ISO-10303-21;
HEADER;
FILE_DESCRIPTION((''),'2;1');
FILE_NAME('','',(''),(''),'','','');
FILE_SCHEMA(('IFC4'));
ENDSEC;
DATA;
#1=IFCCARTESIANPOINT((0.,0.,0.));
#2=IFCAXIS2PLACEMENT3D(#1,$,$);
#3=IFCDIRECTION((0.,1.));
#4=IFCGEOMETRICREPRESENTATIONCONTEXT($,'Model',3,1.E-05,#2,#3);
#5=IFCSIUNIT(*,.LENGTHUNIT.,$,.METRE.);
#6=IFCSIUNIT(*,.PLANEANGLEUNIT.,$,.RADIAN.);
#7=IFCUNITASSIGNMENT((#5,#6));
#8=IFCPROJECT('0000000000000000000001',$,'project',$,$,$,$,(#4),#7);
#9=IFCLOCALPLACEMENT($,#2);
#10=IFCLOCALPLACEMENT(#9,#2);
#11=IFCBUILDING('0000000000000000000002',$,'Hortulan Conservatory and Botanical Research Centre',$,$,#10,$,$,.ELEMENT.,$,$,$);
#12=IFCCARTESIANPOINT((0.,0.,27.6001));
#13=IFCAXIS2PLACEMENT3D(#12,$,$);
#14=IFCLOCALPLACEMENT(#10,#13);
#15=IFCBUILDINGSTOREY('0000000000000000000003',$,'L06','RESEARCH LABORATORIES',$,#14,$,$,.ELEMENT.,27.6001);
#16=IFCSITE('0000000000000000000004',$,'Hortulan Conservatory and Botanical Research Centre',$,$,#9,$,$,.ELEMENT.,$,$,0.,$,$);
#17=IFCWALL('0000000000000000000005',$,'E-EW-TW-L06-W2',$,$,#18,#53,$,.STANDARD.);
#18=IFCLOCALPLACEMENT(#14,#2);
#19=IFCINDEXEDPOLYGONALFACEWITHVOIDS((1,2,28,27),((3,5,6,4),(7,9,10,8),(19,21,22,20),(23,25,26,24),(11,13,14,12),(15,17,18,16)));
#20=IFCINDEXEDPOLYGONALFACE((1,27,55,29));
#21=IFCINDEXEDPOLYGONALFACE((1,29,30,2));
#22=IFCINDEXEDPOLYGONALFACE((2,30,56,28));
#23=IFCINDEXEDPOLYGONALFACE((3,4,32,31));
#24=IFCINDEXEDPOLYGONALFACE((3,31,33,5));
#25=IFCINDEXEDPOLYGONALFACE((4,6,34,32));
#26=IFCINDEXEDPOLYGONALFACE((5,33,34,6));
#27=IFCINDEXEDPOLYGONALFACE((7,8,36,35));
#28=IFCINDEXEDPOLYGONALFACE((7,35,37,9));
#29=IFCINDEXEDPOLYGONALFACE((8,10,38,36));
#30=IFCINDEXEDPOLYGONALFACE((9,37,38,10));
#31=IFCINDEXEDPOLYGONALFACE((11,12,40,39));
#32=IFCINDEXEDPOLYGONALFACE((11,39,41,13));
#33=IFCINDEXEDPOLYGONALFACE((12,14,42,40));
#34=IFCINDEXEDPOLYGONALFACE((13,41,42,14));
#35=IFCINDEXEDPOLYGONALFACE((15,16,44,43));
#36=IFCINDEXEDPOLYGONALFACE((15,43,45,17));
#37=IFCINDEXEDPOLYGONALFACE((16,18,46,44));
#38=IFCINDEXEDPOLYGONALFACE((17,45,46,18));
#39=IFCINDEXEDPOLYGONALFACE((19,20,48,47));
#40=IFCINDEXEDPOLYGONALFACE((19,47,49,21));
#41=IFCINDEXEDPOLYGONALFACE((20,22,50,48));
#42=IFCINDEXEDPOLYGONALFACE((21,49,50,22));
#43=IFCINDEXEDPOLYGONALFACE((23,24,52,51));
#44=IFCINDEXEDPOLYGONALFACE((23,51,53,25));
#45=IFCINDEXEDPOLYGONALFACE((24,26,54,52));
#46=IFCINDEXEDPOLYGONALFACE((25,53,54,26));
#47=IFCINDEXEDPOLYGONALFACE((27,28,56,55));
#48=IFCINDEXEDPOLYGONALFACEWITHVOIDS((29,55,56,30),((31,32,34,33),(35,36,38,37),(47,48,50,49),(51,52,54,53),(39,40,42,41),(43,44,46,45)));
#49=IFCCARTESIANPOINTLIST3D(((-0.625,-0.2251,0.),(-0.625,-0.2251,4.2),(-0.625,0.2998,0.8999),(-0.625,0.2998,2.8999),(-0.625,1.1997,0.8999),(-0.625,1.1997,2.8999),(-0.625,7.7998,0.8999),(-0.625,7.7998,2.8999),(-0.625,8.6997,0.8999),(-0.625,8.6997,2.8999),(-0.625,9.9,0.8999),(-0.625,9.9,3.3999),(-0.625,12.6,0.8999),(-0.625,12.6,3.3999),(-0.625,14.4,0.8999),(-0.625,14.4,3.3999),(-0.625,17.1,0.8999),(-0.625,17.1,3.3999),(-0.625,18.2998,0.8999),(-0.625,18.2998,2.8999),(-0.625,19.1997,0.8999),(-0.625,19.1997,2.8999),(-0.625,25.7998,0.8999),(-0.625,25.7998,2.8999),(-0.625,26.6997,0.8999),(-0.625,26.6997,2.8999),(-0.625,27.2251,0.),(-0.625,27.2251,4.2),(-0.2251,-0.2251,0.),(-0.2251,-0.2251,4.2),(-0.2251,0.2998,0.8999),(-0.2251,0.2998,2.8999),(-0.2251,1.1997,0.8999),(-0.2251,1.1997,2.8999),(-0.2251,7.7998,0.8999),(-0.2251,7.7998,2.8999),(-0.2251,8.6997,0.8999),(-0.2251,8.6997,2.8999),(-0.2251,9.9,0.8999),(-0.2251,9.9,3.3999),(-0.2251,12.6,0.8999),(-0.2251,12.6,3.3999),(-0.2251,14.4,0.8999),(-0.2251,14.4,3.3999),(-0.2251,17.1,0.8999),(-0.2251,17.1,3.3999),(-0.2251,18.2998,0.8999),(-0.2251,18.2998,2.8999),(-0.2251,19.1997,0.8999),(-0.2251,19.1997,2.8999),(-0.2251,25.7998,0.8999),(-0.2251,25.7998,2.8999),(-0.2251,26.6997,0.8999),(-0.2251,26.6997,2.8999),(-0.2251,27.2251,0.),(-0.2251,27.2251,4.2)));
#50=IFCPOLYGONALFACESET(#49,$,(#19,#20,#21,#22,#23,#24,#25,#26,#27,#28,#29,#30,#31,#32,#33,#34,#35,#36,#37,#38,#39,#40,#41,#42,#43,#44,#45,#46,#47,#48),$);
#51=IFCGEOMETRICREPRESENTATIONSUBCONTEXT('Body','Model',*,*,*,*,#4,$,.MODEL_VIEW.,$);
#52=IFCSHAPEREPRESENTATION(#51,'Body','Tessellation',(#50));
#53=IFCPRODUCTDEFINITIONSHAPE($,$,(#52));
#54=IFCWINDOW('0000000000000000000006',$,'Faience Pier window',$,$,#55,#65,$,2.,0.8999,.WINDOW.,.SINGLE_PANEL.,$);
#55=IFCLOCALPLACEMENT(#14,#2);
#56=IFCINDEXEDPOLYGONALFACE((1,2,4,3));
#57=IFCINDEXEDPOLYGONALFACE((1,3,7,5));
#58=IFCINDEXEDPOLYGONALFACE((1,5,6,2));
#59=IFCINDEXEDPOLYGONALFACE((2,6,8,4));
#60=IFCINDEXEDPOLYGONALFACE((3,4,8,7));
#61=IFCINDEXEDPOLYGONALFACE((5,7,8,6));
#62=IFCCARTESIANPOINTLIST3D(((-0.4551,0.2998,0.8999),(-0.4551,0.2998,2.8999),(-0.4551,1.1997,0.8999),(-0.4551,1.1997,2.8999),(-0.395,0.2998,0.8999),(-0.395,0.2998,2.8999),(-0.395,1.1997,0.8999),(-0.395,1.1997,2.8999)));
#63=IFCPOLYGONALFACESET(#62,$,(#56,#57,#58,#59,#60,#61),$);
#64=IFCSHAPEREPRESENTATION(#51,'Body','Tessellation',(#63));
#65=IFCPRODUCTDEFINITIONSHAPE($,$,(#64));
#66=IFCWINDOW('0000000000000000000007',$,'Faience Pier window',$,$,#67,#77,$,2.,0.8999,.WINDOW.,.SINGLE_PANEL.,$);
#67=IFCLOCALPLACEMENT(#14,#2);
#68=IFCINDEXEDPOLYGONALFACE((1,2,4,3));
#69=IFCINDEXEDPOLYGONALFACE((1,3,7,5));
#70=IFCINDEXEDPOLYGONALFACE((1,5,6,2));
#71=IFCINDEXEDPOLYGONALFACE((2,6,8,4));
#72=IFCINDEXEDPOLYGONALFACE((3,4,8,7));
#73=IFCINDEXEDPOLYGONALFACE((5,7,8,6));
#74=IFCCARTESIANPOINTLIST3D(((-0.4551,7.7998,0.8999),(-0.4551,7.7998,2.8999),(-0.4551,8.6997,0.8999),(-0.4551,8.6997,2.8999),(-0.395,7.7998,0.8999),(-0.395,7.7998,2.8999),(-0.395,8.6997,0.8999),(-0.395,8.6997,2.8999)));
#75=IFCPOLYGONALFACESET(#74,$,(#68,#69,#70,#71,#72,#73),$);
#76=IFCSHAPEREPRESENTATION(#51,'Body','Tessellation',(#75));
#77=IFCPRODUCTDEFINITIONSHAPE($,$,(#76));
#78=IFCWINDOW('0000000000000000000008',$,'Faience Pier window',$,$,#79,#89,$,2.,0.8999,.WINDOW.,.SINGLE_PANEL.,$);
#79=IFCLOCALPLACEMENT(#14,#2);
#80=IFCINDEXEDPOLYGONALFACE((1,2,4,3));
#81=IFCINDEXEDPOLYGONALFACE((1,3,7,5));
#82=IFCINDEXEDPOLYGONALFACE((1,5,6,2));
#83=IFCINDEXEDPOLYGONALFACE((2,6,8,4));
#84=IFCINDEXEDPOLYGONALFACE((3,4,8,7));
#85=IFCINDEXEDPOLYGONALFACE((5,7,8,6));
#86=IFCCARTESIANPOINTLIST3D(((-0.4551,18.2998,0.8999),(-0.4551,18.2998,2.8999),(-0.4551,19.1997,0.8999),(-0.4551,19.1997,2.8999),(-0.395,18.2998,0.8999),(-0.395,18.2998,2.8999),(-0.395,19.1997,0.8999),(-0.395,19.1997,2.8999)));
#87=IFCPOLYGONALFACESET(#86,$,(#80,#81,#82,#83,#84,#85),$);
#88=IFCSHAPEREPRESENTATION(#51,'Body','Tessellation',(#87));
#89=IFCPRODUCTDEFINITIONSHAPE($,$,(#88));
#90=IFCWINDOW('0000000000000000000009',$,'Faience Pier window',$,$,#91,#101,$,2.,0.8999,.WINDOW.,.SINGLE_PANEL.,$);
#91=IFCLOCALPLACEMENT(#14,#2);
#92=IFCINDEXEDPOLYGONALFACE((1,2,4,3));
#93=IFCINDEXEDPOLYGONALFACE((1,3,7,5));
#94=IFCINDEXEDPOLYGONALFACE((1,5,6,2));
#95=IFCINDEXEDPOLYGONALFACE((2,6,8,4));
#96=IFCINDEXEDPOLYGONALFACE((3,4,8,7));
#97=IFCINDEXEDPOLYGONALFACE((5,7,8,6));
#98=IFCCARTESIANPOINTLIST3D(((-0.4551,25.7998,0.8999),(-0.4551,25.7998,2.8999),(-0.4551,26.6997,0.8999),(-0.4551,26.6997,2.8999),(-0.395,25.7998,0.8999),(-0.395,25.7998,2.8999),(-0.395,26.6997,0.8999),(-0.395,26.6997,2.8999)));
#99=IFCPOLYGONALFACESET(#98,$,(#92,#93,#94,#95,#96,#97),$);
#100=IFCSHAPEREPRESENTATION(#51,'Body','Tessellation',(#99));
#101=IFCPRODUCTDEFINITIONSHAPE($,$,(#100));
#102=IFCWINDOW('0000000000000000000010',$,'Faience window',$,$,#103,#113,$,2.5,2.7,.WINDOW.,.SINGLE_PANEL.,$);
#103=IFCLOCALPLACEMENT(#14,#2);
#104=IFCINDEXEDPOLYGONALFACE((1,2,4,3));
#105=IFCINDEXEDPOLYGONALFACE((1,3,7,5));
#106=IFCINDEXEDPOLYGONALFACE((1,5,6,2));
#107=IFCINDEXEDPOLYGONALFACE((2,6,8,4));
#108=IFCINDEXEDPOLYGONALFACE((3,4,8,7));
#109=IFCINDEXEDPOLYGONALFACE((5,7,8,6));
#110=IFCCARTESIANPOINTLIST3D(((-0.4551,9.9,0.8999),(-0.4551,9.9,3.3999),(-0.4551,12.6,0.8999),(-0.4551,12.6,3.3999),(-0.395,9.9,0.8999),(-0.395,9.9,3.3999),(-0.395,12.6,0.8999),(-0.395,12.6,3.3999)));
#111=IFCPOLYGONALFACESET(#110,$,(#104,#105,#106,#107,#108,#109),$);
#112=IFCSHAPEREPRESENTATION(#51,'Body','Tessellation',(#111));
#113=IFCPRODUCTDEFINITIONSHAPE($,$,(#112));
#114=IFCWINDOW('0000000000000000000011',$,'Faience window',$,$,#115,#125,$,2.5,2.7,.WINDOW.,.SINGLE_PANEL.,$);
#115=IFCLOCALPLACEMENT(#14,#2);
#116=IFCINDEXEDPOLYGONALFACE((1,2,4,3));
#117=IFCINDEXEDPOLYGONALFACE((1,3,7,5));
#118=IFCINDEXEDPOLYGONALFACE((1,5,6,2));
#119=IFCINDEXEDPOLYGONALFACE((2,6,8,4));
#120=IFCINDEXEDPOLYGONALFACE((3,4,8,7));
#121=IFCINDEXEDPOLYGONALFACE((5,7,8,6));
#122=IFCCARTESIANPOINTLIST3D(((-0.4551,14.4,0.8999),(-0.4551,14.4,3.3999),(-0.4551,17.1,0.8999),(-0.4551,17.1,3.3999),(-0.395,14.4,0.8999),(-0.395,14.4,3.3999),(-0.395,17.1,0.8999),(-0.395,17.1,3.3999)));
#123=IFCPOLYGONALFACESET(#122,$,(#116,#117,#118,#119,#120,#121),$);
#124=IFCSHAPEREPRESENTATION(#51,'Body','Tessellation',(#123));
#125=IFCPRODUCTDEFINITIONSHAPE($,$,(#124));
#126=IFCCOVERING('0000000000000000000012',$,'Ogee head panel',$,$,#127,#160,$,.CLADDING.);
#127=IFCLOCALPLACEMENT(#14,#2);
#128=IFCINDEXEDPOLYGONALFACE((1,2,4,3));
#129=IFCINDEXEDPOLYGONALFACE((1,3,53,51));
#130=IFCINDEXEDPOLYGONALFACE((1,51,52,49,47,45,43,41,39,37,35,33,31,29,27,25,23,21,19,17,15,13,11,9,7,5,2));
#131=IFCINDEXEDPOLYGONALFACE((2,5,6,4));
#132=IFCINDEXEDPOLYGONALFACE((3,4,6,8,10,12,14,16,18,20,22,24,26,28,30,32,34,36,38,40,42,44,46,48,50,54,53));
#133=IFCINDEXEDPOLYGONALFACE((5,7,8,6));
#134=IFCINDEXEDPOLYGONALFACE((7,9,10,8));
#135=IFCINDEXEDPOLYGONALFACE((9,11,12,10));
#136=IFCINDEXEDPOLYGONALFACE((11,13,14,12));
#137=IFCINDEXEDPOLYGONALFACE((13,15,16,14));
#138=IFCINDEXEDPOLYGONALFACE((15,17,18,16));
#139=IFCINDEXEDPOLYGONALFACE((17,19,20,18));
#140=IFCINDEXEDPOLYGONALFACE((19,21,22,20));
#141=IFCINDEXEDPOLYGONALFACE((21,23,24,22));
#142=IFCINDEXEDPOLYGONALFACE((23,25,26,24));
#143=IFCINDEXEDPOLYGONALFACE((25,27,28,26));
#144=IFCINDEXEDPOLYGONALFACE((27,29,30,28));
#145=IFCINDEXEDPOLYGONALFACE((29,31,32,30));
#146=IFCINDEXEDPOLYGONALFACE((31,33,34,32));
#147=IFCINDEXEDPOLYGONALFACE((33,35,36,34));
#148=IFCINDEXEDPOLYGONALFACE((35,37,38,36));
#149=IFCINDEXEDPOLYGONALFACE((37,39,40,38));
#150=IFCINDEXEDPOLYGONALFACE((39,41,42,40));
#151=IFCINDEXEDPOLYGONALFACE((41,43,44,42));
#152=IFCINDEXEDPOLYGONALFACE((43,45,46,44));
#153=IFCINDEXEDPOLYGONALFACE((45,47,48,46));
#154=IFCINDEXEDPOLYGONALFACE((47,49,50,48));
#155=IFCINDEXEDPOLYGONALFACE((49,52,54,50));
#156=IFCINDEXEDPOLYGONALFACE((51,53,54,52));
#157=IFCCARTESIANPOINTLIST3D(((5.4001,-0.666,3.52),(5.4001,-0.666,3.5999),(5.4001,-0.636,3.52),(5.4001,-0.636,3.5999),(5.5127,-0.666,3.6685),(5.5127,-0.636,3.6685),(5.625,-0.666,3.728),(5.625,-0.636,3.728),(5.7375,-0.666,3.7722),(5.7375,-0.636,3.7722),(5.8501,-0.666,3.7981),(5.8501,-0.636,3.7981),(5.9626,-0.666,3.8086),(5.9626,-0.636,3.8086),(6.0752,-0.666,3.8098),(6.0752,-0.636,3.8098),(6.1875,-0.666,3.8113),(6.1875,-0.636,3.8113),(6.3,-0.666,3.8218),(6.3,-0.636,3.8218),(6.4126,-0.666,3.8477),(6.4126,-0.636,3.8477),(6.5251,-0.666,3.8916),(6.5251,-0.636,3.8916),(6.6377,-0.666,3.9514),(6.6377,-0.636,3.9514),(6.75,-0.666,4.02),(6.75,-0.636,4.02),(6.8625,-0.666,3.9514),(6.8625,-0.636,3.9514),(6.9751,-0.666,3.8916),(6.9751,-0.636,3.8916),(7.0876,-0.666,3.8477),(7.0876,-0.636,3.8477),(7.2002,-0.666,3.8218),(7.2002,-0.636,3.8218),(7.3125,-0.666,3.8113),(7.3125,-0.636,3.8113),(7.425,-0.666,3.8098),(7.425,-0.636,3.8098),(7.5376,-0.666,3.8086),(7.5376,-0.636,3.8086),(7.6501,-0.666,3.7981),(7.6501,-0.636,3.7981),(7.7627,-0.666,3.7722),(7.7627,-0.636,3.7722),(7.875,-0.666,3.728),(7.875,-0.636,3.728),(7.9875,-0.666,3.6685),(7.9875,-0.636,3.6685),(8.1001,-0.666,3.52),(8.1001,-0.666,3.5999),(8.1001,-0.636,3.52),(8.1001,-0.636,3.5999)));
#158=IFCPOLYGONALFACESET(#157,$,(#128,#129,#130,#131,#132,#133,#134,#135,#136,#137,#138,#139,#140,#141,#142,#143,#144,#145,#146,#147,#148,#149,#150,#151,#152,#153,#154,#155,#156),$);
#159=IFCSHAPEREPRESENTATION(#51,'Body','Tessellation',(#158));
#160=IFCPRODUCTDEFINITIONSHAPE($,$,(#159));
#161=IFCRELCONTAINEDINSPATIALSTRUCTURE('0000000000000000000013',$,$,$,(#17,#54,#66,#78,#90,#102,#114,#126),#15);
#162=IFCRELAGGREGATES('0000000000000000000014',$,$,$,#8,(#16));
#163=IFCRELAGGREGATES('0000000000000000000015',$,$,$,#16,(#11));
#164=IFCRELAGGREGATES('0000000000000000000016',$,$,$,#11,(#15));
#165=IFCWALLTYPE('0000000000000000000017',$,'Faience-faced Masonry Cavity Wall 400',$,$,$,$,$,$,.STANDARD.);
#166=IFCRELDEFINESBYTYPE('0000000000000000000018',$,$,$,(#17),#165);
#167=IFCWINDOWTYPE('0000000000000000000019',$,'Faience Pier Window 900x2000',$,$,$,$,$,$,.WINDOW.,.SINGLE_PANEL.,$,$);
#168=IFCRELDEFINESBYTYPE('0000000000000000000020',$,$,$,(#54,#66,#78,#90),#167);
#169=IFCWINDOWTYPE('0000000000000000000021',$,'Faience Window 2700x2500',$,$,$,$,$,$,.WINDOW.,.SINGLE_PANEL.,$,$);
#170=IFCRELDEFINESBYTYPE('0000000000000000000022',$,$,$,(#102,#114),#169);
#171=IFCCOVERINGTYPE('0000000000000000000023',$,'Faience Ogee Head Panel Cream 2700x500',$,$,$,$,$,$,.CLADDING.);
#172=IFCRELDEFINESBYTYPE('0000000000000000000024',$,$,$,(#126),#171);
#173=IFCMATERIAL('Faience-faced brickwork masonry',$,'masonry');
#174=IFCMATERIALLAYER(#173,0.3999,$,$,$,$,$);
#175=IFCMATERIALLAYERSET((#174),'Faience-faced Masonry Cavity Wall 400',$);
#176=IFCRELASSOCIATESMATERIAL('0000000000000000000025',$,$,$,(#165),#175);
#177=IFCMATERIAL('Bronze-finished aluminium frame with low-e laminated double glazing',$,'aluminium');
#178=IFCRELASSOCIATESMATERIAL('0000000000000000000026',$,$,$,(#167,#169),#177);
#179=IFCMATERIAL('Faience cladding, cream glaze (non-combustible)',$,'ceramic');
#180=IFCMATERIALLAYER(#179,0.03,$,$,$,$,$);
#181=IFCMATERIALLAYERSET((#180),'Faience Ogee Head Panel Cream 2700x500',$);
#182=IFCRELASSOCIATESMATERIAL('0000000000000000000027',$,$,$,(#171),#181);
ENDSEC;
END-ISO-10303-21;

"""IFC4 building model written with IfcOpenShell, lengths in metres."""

from ifc_helpers import new_model, si_unit, direction, frame, frame_2d, origin, place, context, subcontext, project, spatial, polyline, rectangle, outline, extrude, material, layer, layer_set, type_object, element, fill, save


model = new_model("IFC4")

# Units and contexts
model_context = context("Model", 3, precision=1e-05, world=origin(), true_north=direction((0.0, 1.0)))
body_context = subcontext(model_context, "Body", "Model", "MODEL_VIEW")
ifc_project = project(units=[si_unit("LENGTHUNIT", "METRE"), si_unit("PLANEANGLEUNIT", "RADIAN")], contexts=[model_context])

# Site, building, storey
site_placement = place(None, origin())
site = spatial("IfcSite", under=ifc_project, at=site_placement, Name="Hortulan Conservatory and Botanical Research Centre", CompositionType="ELEMENT", RefElevation=0.0)
building_placement = place(site_placement, origin())
building = spatial("IfcBuilding", under=site, at=building_placement, Name="Hortulan Conservatory and Botanical Research Centre", CompositionType="ELEMENT")
storey_placement = place(building_placement, frame((0.0, 0.0, 27.6001)))
storey = spatial("IfcBuildingStorey", under=building, at=storey_placement, Name="L06", Description="RESEARCH LABORATORIES", CompositionType="ELEMENT", Elevation=27.6001)

# Wall, openings, windows
ifc_material_1 = material(Name="Faience-faced brickwork masonry", Category="masonry")
ifc_layer_1 = layer(ifc_material_1, 0.3999)
ifc_layer_set_1 = layer_set([ifc_layer_1], Name="Faience-faced Masonry Cavity Wall 400")
wall_type = type_object("IfcWallType", Name="Faience-faced Masonry Cavity Wall 400", PredefinedType="STANDARD", material=ifc_layer_set_1)
wall_placement = place(storey_placement, frame((-0.425, -0.2251, 0.0), z_axis=(0.0, 0.0, 1.0), x_axis=(0.0, 1.0, 0.0)))
wall = element("IfcWall", 1, at=wall_placement, inside=storey, type_object=wall_type, Name="E-EW-TW-L06-W2", PredefinedType="STANDARD", context=body_context, shape_type="SweptSolid", body=[
    extrude(rectangle(XDim=27.4502, YDim=0.3999, at=frame_2d((13.7251, 0.0))), origin(), (0.0, 0.0, 1.0), 4.2),
])
opening_1_placement = place(wall_placement, frame((0.5249, 0.0, 0.8999)))
opening_1 = element("IfcOpeningElement", 2, at=opening_1_placement, cuts=wall, PredefinedType="OPENING", context=body_context, shape_type="SweptSolid", body=[
    extrude(rectangle(XDim=0.8999, YDim=2.0, at=frame_2d((0.45, 1.0))), frame((0.0, 0.21, 0.0), z_axis=(0.0, -1.0, 0.0), x_axis=(1.0, 0.0, 0.0)), (0.0, 0.0, 1.0), 0.4199),
])
opening_2_placement = place(wall_placement, frame((8.0249, 0.0, 0.8999)))
opening_2 = element("IfcOpeningElement", 3, at=opening_2_placement, cuts=wall, PredefinedType="OPENING", context=body_context, shape_type="SweptSolid", body=[
    extrude(rectangle(XDim=0.8999, YDim=2.0, at=frame_2d((0.45, 1.0))), frame((0.0, 0.21, 0.0), z_axis=(0.0, -1.0, 0.0), x_axis=(1.0, 0.0, 0.0)), (0.0, 0.0, 1.0), 0.4199),
])
opening_3_placement = place(wall_placement, frame((10.125, 0.0, 0.8999)))
opening_3 = element("IfcOpeningElement", 4, at=opening_3_placement, cuts=wall, PredefinedType="OPENING", context=body_context, shape_type="SweptSolid", body=[
    extrude(rectangle(XDim=2.7, YDim=2.5, at=frame_2d((1.3501, 1.25))), frame((0.0, 0.21, 0.0), z_axis=(0.0, -1.0, 0.0), x_axis=(1.0, 0.0, 0.0)), (0.0, 0.0, 1.0), 0.4199),
])
opening_4_placement = place(wall_placement, frame((14.625, 0.0, 0.8999)))
opening_4 = element("IfcOpeningElement", 5, at=opening_4_placement, cuts=wall, PredefinedType="OPENING", context=body_context, shape_type="SweptSolid", body=[
    extrude(rectangle(XDim=2.7, YDim=2.5, at=frame_2d((1.3501, 1.25))), frame((0.0, 0.21, 0.0), z_axis=(0.0, -1.0, 0.0), x_axis=(1.0, 0.0, 0.0)), (0.0, 0.0, 1.0), 0.4199),
])
opening_5_placement = place(wall_placement, frame((18.5249, 0.0, 0.8999)))
opening_5 = element("IfcOpeningElement", 6, at=opening_5_placement, cuts=wall, PredefinedType="OPENING", context=body_context, shape_type="SweptSolid", body=[
    extrude(rectangle(XDim=0.8999, YDim=2.0, at=frame_2d((0.45, 1.0))), frame((0.0, 0.21, 0.0), z_axis=(0.0, -1.0, 0.0), x_axis=(1.0, 0.0, 0.0)), (0.0, 0.0, 1.0), 0.4199),
])
opening_6_placement = place(wall_placement, frame((26.0249, 0.0, 0.8999)))
opening_6 = element("IfcOpeningElement", 7, at=opening_6_placement, cuts=wall, PredefinedType="OPENING", context=body_context, shape_type="SweptSolid", body=[
    extrude(rectangle(XDim=0.8999, YDim=2.0, at=frame_2d((0.45, 1.0))), frame((0.0, 0.21, 0.0), z_axis=(0.0, -1.0, 0.0), x_axis=(1.0, 0.0, 0.0)), (0.0, 0.0, 1.0), 0.4199),
])
ifc_material_2 = material(Name="Bronze-finished aluminium frame with low-e laminated double glazing", Category="aluminium")
window_type_1 = type_object("IfcWindowType", Name="Faience Pier Window 900x2000", PartitioningType="SINGLE_PANEL", PredefinedType="WINDOW", material=ifc_material_2)
window_1_placement = place(opening_1_placement, origin())
window_1 = element("IfcWindow", 8, at=window_1_placement, inside=storey, type_object=window_type_1, Name="Faience Pier window", OverallHeight=2.0, OverallWidth=0.8999, PartitioningType="SINGLE_PANEL", PredefinedType="WINDOW", context=body_context, shape_type="SweptSolid", body=[
    extrude(rectangle(XDim=0.8999, YDim=2.0, at=frame_2d((0.45, 1.0))), frame((0.0, 0.03, 0.0), z_axis=(0.0, -1.0, 0.0), x_axis=(1.0, 0.0, 0.0)), (0.0, 0.0, 1.0), 0.0601),
])
fill(opening_1, window_1)
window_2_placement = place(opening_2_placement, origin())
window_2 = element("IfcWindow", 9, at=window_2_placement, inside=storey, type_object=window_type_1, Name="Faience Pier window", OverallHeight=2.0, OverallWidth=0.8999, PartitioningType="SINGLE_PANEL", PredefinedType="WINDOW", context=body_context, shape_type="SweptSolid", body=[
    extrude(rectangle(XDim=0.8999, YDim=2.0, at=frame_2d((0.45, 1.0))), frame((0.0, 0.03, 0.0), z_axis=(0.0, -1.0, 0.0), x_axis=(1.0, 0.0, 0.0)), (0.0, 0.0, 1.0), 0.0601),
])
fill(opening_2, window_2)
window_3_placement = place(opening_5_placement, origin())
window_3 = element("IfcWindow", 10, at=window_3_placement, inside=storey, type_object=window_type_1, Name="Faience Pier window", OverallHeight=2.0, OverallWidth=0.8999, PartitioningType="SINGLE_PANEL", PredefinedType="WINDOW", context=body_context, shape_type="SweptSolid", body=[
    extrude(rectangle(XDim=0.8999, YDim=2.0, at=frame_2d((0.45, 1.0))), frame((0.0, 0.03, 0.0), z_axis=(0.0, -1.0, 0.0), x_axis=(1.0, 0.0, 0.0)), (0.0, 0.0, 1.0), 0.0601),
])
fill(opening_5, window_3)
window_4_placement = place(opening_6_placement, origin())
window_4 = element("IfcWindow", 11, at=window_4_placement, inside=storey, type_object=window_type_1, Name="Faience Pier window", OverallHeight=2.0, OverallWidth=0.8999, PartitioningType="SINGLE_PANEL", PredefinedType="WINDOW", context=body_context, shape_type="SweptSolid", body=[
    extrude(rectangle(XDim=0.8999, YDim=2.0, at=frame_2d((0.45, 1.0))), frame((0.0, 0.03, 0.0), z_axis=(0.0, -1.0, 0.0), x_axis=(1.0, 0.0, 0.0)), (0.0, 0.0, 1.0), 0.0601),
])
fill(opening_6, window_4)
window_type_2 = type_object("IfcWindowType", Name="Faience Window 2700x2500", PartitioningType="SINGLE_PANEL", PredefinedType="WINDOW", material=ifc_material_2)
window_5_placement = place(opening_3_placement, origin())
window_5 = element("IfcWindow", 12, at=window_5_placement, inside=storey, type_object=window_type_2, Name="Faience window", OverallHeight=2.5, OverallWidth=2.7, PartitioningType="SINGLE_PANEL", PredefinedType="WINDOW", context=body_context, shape_type="SweptSolid", body=[
    extrude(rectangle(XDim=2.7, YDim=2.5, at=frame_2d((1.3501, 1.25))), frame((0.0, 0.03, 0.0), z_axis=(0.0, -1.0, 0.0), x_axis=(1.0, 0.0, 0.0)), (0.0, 0.0, 1.0), 0.0601),
])
fill(opening_3, window_5)
window_6_placement = place(opening_4_placement, origin())
window_6 = element("IfcWindow", 13, at=window_6_placement, inside=storey, type_object=window_type_2, Name="Faience window", OverallHeight=2.5, OverallWidth=2.7, PartitioningType="SINGLE_PANEL", PredefinedType="WINDOW", context=body_context, shape_type="SweptSolid", body=[
    extrude(rectangle(XDim=2.7, YDim=2.5, at=frame_2d((1.3501, 1.25))), frame((0.0, 0.03, 0.0), z_axis=(0.0, -1.0, 0.0), x_axis=(1.0, 0.0, 0.0)), (0.0, 0.0, 1.0), 0.0601),
])
fill(opening_4, window_6)

# Covering
ifc_material_3 = material(Name="Faience cladding, cream glaze (non-combustible)", Category="ceramic")
ifc_layer_2 = layer(ifc_material_3, 0.03)
ifc_layer_set_2 = layer_set([ifc_layer_2], Name="Faience Ogee Head Panel Cream 2700x500")
covering_type_1 = type_object("IfcCoveringType", Name="Faience Ogee Head Panel Cream 2700x500", PredefinedType="CLADDING", material=ifc_layer_set_2)
covering_1_placement = place(storey_placement, frame((8.1001, -0.6509, 3.52), z_axis=(0.0, 0.0, 1.0), x_axis=(-1.0, 0.0, 0.0)))
element("IfcCovering", 14, at=covering_1_placement, inside=storey, type_object=covering_type_1, Name="Ogee head panel", PredefinedType="CLADDING", context=body_context, shape_type="SweptSolid", body=[
    extrude(outline(polyline([(0.0, 0.0), (2.7, 0.0), (2.7, 0.0798), (2.5874, 0.1484), (2.4751, 0.208), (2.3625, 0.2522), (2.25, 0.2781), (2.1375, 0.2886), (2.0249, 0.2898), (1.9126, 0.2913), (1.8, 0.3018), (1.6875, 0.3276), (1.575, 0.3716), (1.4624, 0.4314), (1.3501, 0.5), (1.2375, 0.4314), (1.125, 0.3716), (1.0125, 0.3276), (0.8999, 0.3018), (0.7876, 0.2913), (0.675, 0.2898), (0.5625, 0.2886), (0.45, 0.2781), (0.3374, 0.2522), (0.2251, 0.208), (0.1125, 0.1484), (0.0, 0.0798), (0.0, 0.0)])), frame((0.0, 0.0151, 0.0), z_axis=(0.0, -1.0, 0.0), x_axis=(1.0, 0.0, 0.0)), (0.0, 0.0, 1.0), 0.03),
])

save(model, "model.ifc")
